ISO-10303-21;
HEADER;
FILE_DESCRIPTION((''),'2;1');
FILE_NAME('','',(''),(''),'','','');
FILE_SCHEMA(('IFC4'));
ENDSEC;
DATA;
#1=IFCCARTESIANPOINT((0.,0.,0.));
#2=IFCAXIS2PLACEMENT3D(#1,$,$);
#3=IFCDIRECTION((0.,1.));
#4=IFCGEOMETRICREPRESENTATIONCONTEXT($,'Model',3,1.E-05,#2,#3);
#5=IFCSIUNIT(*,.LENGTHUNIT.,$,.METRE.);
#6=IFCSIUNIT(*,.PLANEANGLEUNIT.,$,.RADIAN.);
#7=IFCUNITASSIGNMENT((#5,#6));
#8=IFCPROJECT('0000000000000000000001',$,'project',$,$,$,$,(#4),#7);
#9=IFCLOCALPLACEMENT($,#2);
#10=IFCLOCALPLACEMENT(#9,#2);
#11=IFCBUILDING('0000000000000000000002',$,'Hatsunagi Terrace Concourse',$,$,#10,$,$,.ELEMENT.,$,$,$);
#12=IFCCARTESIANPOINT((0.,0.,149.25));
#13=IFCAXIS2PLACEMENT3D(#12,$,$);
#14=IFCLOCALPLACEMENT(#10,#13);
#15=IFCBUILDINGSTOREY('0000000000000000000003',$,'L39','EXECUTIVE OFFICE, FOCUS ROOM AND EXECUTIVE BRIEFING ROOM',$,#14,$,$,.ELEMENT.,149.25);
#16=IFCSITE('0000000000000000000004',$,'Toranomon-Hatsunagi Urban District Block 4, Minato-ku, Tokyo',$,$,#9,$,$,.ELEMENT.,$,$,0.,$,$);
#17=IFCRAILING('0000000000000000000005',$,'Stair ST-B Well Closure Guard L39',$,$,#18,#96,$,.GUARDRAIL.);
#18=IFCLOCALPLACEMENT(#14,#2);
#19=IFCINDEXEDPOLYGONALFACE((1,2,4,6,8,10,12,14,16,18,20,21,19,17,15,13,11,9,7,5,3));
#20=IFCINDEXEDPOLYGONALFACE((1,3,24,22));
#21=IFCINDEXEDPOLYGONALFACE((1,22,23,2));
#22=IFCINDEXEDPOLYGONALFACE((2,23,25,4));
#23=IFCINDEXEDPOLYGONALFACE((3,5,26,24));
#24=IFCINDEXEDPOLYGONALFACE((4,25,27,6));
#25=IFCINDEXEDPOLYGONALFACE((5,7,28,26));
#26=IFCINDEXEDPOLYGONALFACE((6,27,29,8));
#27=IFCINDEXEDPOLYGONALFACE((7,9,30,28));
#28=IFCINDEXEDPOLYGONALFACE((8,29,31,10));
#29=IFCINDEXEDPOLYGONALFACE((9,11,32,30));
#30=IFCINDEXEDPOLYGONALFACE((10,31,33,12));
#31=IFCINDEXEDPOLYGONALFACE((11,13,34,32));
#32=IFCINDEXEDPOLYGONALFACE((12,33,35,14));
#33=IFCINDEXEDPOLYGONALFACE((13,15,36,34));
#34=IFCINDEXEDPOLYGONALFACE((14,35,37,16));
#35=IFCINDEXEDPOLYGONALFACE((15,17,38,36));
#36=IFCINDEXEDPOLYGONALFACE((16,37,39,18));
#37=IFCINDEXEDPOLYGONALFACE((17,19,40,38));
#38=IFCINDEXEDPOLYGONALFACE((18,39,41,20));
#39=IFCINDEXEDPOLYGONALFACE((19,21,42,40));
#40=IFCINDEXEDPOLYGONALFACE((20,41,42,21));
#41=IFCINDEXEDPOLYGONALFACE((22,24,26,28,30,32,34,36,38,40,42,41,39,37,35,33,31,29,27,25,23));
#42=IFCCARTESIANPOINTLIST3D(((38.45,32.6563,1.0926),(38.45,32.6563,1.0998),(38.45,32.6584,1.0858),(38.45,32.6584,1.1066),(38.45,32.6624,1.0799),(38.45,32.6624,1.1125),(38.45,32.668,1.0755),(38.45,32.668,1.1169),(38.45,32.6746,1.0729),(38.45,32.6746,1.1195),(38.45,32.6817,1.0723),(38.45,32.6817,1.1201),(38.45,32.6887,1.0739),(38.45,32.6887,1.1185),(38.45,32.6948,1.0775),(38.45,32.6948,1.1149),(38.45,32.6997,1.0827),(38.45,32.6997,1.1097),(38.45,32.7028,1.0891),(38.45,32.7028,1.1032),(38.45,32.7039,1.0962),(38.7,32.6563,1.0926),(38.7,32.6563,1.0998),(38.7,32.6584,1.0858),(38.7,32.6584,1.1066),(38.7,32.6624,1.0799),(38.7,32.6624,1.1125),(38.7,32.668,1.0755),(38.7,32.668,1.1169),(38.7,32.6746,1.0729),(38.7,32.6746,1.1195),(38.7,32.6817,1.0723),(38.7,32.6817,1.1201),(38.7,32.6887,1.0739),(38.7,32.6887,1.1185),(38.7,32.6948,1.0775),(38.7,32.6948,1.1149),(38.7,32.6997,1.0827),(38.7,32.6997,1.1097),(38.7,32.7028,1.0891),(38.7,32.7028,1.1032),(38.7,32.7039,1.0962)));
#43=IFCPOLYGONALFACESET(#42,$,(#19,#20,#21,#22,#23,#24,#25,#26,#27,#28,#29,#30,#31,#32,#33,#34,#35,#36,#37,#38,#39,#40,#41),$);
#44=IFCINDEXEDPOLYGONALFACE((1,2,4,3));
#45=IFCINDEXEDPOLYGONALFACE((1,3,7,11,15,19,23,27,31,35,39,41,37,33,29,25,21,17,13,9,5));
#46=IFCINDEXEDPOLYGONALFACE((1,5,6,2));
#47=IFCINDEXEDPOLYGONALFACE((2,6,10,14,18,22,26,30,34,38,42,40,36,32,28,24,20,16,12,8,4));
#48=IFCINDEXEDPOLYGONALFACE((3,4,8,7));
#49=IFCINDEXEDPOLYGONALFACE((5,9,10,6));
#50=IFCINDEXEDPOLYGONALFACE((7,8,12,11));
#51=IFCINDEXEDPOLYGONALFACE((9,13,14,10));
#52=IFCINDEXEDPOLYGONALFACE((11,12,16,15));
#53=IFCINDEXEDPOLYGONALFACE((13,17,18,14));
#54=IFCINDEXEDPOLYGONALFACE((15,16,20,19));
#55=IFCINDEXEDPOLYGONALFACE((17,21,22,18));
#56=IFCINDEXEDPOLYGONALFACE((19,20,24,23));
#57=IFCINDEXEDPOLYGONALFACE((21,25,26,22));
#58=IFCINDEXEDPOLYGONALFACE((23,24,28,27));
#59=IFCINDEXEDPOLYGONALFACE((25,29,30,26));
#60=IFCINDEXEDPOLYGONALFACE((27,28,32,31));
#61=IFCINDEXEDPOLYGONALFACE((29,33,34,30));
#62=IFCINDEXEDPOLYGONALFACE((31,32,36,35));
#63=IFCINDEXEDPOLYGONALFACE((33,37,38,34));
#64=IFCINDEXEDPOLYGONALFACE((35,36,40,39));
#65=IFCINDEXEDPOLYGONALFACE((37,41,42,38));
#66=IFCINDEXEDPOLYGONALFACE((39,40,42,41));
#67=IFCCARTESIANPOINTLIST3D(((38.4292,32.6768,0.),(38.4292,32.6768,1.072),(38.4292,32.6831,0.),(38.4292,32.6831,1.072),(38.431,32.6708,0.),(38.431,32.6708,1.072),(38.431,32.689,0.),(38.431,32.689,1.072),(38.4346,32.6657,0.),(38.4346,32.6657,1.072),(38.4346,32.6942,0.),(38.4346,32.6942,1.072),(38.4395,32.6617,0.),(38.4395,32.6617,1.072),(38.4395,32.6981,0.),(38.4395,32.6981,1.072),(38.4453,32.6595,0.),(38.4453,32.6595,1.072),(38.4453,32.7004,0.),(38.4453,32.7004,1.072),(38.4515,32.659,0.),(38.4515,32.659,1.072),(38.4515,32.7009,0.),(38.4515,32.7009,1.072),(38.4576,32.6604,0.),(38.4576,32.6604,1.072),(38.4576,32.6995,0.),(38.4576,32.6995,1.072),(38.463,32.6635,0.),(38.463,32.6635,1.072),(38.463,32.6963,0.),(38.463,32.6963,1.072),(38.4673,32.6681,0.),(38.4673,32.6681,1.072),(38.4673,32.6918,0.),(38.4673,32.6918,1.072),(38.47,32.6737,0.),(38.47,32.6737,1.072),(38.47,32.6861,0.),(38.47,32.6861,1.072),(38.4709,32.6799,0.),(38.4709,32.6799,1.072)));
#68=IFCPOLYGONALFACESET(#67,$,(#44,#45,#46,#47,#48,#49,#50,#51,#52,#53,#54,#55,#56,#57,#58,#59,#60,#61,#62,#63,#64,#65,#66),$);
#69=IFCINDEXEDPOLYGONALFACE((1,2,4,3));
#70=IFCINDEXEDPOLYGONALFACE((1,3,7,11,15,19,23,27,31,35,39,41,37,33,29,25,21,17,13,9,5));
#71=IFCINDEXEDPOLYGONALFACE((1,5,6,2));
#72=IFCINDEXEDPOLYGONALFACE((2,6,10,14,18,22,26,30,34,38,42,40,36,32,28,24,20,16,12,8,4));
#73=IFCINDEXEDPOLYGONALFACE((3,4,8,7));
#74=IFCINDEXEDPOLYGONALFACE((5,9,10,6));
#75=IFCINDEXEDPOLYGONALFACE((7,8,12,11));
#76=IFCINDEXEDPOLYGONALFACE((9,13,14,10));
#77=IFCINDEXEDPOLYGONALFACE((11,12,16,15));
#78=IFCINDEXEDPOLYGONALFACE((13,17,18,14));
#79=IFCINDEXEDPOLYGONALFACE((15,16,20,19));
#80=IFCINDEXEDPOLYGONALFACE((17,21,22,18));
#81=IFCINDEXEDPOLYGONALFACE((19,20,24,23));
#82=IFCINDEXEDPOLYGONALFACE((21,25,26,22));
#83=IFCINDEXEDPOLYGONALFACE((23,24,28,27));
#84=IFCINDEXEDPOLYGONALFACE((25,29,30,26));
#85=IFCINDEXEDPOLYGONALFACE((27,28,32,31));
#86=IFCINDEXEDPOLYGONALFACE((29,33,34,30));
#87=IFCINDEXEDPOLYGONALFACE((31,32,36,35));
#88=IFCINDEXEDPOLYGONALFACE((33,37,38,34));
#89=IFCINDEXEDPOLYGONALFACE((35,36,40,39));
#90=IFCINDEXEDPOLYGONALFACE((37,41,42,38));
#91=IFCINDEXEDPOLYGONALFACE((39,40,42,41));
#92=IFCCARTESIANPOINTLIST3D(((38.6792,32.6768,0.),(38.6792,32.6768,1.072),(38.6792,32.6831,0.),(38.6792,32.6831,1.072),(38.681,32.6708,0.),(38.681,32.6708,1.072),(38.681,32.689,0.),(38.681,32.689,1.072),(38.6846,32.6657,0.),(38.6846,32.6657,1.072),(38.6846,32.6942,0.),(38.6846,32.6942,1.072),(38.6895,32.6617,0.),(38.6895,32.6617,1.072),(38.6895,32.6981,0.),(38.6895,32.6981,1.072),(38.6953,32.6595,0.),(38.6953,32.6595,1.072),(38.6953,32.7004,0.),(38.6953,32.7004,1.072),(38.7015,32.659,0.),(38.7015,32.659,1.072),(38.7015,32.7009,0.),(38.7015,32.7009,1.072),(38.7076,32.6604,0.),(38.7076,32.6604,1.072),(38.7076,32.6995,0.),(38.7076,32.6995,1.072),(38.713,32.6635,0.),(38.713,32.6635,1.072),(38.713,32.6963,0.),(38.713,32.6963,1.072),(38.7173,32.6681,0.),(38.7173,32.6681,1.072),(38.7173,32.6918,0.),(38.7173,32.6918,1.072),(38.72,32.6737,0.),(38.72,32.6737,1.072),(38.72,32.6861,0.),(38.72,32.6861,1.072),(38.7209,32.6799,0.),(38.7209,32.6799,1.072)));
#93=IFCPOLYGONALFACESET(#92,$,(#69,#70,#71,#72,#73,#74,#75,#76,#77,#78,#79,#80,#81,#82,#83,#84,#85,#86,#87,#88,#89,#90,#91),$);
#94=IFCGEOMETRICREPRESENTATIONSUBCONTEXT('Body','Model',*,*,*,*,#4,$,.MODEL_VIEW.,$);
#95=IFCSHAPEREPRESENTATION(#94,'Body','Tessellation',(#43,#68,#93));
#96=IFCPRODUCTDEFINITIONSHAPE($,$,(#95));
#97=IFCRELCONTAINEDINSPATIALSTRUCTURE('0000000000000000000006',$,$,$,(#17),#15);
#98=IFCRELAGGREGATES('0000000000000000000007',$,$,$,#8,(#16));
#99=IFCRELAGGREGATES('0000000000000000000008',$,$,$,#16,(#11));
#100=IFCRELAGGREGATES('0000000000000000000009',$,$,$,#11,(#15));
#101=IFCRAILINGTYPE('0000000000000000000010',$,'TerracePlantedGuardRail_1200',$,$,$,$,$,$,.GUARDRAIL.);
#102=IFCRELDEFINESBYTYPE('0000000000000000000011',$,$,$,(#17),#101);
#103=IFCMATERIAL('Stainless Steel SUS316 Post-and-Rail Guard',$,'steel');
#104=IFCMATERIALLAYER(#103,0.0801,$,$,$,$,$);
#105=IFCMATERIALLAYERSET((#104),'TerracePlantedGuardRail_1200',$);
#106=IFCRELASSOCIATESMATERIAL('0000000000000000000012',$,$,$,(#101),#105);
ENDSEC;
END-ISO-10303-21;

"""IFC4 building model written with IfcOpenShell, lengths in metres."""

from ifc_helpers import new_model, si_unit, direction, frame, origin, origin_2d, place, context, subcontext, project, spatial, circle, extrude, material, layer, layer_set, type_object, element, save


model = new_model("IFC4")

# Units and contexts
model_context = context("Model", 3, precision=1e-05, world=origin(), true_north=direction((0.0, 1.0)))
body_context = subcontext(model_context, "Body", "Model", "MODEL_VIEW")
ifc_project = project(units=[si_unit("LENGTHUNIT", "METRE"), si_unit("PLANEANGLEUNIT", "RADIAN")], contexts=[model_context])

# Site, building, storey
site_placement = place(None, origin())
site = spatial("IfcSite", under=ifc_project, at=site_placement, Name="Toranomon-Hatsunagi Urban District Block 4, Minato-ku, Tokyo", CompositionType="ELEMENT", RefElevation=0.0)
building_placement = place(site_placement, origin())
building = spatial("IfcBuilding", under=site, at=building_placement, Name="Hatsunagi Terrace Concourse", CompositionType="ELEMENT")
storey_placement = place(building_placement, frame((0.0, 0.0, 149.25)))
storey = spatial("IfcBuildingStorey", under=building, at=storey_placement, Name="L39", Description="EXECUTIVE OFFICE, FOCUS ROOM AND EXECUTIVE BRIEFING ROOM", CompositionType="ELEMENT", Elevation=149.25)

# Railing
ifc_material_1 = material(Name="Stainless Steel SUS316 Post-and-Rail Guard", Category="steel")
ifc_layer_1 = layer(ifc_material_1, 0.0801)
ifc_layer_set_1 = layer_set([ifc_layer_1], Name="TerracePlantedGuardRail_1200")
railing_type_1 = type_object("IfcRailingType", Name="TerracePlantedGuardRail_1200", PredefinedType="GUARDRAIL", material=ifc_layer_set_1)
railing_1_placement = place(storey_placement, frame((38.45, 32.6799, 0.0)))
element("IfcRailing", 1, at=railing_1_placement, inside=storey, type_object=railing_type_1, Name="Stair ST-B Well Closure Guard L39", PredefinedType="GUARDRAIL", context=body_context, shape_type="SweptSolid", body=[
    extrude(circle(Radius=0.0239, at=origin_2d()), frame((0.0, 0.0, 1.0962), z_axis=(1.0, 0.0, 0.0), x_axis=(0.0, 1.0, 0.0)), (0.0, 0.0, 1.0), 0.25),
    extrude(circle(Radius=0.021, at=origin_2d()), origin(), (0.0, 0.0, 1.0), 1.072),
    extrude(circle(Radius=0.021, at=origin_2d()), frame((0.25, 0.0, 0.0)), (0.0, 0.0, 1.0), 1.072),
])

save(model, "model.ifc")
